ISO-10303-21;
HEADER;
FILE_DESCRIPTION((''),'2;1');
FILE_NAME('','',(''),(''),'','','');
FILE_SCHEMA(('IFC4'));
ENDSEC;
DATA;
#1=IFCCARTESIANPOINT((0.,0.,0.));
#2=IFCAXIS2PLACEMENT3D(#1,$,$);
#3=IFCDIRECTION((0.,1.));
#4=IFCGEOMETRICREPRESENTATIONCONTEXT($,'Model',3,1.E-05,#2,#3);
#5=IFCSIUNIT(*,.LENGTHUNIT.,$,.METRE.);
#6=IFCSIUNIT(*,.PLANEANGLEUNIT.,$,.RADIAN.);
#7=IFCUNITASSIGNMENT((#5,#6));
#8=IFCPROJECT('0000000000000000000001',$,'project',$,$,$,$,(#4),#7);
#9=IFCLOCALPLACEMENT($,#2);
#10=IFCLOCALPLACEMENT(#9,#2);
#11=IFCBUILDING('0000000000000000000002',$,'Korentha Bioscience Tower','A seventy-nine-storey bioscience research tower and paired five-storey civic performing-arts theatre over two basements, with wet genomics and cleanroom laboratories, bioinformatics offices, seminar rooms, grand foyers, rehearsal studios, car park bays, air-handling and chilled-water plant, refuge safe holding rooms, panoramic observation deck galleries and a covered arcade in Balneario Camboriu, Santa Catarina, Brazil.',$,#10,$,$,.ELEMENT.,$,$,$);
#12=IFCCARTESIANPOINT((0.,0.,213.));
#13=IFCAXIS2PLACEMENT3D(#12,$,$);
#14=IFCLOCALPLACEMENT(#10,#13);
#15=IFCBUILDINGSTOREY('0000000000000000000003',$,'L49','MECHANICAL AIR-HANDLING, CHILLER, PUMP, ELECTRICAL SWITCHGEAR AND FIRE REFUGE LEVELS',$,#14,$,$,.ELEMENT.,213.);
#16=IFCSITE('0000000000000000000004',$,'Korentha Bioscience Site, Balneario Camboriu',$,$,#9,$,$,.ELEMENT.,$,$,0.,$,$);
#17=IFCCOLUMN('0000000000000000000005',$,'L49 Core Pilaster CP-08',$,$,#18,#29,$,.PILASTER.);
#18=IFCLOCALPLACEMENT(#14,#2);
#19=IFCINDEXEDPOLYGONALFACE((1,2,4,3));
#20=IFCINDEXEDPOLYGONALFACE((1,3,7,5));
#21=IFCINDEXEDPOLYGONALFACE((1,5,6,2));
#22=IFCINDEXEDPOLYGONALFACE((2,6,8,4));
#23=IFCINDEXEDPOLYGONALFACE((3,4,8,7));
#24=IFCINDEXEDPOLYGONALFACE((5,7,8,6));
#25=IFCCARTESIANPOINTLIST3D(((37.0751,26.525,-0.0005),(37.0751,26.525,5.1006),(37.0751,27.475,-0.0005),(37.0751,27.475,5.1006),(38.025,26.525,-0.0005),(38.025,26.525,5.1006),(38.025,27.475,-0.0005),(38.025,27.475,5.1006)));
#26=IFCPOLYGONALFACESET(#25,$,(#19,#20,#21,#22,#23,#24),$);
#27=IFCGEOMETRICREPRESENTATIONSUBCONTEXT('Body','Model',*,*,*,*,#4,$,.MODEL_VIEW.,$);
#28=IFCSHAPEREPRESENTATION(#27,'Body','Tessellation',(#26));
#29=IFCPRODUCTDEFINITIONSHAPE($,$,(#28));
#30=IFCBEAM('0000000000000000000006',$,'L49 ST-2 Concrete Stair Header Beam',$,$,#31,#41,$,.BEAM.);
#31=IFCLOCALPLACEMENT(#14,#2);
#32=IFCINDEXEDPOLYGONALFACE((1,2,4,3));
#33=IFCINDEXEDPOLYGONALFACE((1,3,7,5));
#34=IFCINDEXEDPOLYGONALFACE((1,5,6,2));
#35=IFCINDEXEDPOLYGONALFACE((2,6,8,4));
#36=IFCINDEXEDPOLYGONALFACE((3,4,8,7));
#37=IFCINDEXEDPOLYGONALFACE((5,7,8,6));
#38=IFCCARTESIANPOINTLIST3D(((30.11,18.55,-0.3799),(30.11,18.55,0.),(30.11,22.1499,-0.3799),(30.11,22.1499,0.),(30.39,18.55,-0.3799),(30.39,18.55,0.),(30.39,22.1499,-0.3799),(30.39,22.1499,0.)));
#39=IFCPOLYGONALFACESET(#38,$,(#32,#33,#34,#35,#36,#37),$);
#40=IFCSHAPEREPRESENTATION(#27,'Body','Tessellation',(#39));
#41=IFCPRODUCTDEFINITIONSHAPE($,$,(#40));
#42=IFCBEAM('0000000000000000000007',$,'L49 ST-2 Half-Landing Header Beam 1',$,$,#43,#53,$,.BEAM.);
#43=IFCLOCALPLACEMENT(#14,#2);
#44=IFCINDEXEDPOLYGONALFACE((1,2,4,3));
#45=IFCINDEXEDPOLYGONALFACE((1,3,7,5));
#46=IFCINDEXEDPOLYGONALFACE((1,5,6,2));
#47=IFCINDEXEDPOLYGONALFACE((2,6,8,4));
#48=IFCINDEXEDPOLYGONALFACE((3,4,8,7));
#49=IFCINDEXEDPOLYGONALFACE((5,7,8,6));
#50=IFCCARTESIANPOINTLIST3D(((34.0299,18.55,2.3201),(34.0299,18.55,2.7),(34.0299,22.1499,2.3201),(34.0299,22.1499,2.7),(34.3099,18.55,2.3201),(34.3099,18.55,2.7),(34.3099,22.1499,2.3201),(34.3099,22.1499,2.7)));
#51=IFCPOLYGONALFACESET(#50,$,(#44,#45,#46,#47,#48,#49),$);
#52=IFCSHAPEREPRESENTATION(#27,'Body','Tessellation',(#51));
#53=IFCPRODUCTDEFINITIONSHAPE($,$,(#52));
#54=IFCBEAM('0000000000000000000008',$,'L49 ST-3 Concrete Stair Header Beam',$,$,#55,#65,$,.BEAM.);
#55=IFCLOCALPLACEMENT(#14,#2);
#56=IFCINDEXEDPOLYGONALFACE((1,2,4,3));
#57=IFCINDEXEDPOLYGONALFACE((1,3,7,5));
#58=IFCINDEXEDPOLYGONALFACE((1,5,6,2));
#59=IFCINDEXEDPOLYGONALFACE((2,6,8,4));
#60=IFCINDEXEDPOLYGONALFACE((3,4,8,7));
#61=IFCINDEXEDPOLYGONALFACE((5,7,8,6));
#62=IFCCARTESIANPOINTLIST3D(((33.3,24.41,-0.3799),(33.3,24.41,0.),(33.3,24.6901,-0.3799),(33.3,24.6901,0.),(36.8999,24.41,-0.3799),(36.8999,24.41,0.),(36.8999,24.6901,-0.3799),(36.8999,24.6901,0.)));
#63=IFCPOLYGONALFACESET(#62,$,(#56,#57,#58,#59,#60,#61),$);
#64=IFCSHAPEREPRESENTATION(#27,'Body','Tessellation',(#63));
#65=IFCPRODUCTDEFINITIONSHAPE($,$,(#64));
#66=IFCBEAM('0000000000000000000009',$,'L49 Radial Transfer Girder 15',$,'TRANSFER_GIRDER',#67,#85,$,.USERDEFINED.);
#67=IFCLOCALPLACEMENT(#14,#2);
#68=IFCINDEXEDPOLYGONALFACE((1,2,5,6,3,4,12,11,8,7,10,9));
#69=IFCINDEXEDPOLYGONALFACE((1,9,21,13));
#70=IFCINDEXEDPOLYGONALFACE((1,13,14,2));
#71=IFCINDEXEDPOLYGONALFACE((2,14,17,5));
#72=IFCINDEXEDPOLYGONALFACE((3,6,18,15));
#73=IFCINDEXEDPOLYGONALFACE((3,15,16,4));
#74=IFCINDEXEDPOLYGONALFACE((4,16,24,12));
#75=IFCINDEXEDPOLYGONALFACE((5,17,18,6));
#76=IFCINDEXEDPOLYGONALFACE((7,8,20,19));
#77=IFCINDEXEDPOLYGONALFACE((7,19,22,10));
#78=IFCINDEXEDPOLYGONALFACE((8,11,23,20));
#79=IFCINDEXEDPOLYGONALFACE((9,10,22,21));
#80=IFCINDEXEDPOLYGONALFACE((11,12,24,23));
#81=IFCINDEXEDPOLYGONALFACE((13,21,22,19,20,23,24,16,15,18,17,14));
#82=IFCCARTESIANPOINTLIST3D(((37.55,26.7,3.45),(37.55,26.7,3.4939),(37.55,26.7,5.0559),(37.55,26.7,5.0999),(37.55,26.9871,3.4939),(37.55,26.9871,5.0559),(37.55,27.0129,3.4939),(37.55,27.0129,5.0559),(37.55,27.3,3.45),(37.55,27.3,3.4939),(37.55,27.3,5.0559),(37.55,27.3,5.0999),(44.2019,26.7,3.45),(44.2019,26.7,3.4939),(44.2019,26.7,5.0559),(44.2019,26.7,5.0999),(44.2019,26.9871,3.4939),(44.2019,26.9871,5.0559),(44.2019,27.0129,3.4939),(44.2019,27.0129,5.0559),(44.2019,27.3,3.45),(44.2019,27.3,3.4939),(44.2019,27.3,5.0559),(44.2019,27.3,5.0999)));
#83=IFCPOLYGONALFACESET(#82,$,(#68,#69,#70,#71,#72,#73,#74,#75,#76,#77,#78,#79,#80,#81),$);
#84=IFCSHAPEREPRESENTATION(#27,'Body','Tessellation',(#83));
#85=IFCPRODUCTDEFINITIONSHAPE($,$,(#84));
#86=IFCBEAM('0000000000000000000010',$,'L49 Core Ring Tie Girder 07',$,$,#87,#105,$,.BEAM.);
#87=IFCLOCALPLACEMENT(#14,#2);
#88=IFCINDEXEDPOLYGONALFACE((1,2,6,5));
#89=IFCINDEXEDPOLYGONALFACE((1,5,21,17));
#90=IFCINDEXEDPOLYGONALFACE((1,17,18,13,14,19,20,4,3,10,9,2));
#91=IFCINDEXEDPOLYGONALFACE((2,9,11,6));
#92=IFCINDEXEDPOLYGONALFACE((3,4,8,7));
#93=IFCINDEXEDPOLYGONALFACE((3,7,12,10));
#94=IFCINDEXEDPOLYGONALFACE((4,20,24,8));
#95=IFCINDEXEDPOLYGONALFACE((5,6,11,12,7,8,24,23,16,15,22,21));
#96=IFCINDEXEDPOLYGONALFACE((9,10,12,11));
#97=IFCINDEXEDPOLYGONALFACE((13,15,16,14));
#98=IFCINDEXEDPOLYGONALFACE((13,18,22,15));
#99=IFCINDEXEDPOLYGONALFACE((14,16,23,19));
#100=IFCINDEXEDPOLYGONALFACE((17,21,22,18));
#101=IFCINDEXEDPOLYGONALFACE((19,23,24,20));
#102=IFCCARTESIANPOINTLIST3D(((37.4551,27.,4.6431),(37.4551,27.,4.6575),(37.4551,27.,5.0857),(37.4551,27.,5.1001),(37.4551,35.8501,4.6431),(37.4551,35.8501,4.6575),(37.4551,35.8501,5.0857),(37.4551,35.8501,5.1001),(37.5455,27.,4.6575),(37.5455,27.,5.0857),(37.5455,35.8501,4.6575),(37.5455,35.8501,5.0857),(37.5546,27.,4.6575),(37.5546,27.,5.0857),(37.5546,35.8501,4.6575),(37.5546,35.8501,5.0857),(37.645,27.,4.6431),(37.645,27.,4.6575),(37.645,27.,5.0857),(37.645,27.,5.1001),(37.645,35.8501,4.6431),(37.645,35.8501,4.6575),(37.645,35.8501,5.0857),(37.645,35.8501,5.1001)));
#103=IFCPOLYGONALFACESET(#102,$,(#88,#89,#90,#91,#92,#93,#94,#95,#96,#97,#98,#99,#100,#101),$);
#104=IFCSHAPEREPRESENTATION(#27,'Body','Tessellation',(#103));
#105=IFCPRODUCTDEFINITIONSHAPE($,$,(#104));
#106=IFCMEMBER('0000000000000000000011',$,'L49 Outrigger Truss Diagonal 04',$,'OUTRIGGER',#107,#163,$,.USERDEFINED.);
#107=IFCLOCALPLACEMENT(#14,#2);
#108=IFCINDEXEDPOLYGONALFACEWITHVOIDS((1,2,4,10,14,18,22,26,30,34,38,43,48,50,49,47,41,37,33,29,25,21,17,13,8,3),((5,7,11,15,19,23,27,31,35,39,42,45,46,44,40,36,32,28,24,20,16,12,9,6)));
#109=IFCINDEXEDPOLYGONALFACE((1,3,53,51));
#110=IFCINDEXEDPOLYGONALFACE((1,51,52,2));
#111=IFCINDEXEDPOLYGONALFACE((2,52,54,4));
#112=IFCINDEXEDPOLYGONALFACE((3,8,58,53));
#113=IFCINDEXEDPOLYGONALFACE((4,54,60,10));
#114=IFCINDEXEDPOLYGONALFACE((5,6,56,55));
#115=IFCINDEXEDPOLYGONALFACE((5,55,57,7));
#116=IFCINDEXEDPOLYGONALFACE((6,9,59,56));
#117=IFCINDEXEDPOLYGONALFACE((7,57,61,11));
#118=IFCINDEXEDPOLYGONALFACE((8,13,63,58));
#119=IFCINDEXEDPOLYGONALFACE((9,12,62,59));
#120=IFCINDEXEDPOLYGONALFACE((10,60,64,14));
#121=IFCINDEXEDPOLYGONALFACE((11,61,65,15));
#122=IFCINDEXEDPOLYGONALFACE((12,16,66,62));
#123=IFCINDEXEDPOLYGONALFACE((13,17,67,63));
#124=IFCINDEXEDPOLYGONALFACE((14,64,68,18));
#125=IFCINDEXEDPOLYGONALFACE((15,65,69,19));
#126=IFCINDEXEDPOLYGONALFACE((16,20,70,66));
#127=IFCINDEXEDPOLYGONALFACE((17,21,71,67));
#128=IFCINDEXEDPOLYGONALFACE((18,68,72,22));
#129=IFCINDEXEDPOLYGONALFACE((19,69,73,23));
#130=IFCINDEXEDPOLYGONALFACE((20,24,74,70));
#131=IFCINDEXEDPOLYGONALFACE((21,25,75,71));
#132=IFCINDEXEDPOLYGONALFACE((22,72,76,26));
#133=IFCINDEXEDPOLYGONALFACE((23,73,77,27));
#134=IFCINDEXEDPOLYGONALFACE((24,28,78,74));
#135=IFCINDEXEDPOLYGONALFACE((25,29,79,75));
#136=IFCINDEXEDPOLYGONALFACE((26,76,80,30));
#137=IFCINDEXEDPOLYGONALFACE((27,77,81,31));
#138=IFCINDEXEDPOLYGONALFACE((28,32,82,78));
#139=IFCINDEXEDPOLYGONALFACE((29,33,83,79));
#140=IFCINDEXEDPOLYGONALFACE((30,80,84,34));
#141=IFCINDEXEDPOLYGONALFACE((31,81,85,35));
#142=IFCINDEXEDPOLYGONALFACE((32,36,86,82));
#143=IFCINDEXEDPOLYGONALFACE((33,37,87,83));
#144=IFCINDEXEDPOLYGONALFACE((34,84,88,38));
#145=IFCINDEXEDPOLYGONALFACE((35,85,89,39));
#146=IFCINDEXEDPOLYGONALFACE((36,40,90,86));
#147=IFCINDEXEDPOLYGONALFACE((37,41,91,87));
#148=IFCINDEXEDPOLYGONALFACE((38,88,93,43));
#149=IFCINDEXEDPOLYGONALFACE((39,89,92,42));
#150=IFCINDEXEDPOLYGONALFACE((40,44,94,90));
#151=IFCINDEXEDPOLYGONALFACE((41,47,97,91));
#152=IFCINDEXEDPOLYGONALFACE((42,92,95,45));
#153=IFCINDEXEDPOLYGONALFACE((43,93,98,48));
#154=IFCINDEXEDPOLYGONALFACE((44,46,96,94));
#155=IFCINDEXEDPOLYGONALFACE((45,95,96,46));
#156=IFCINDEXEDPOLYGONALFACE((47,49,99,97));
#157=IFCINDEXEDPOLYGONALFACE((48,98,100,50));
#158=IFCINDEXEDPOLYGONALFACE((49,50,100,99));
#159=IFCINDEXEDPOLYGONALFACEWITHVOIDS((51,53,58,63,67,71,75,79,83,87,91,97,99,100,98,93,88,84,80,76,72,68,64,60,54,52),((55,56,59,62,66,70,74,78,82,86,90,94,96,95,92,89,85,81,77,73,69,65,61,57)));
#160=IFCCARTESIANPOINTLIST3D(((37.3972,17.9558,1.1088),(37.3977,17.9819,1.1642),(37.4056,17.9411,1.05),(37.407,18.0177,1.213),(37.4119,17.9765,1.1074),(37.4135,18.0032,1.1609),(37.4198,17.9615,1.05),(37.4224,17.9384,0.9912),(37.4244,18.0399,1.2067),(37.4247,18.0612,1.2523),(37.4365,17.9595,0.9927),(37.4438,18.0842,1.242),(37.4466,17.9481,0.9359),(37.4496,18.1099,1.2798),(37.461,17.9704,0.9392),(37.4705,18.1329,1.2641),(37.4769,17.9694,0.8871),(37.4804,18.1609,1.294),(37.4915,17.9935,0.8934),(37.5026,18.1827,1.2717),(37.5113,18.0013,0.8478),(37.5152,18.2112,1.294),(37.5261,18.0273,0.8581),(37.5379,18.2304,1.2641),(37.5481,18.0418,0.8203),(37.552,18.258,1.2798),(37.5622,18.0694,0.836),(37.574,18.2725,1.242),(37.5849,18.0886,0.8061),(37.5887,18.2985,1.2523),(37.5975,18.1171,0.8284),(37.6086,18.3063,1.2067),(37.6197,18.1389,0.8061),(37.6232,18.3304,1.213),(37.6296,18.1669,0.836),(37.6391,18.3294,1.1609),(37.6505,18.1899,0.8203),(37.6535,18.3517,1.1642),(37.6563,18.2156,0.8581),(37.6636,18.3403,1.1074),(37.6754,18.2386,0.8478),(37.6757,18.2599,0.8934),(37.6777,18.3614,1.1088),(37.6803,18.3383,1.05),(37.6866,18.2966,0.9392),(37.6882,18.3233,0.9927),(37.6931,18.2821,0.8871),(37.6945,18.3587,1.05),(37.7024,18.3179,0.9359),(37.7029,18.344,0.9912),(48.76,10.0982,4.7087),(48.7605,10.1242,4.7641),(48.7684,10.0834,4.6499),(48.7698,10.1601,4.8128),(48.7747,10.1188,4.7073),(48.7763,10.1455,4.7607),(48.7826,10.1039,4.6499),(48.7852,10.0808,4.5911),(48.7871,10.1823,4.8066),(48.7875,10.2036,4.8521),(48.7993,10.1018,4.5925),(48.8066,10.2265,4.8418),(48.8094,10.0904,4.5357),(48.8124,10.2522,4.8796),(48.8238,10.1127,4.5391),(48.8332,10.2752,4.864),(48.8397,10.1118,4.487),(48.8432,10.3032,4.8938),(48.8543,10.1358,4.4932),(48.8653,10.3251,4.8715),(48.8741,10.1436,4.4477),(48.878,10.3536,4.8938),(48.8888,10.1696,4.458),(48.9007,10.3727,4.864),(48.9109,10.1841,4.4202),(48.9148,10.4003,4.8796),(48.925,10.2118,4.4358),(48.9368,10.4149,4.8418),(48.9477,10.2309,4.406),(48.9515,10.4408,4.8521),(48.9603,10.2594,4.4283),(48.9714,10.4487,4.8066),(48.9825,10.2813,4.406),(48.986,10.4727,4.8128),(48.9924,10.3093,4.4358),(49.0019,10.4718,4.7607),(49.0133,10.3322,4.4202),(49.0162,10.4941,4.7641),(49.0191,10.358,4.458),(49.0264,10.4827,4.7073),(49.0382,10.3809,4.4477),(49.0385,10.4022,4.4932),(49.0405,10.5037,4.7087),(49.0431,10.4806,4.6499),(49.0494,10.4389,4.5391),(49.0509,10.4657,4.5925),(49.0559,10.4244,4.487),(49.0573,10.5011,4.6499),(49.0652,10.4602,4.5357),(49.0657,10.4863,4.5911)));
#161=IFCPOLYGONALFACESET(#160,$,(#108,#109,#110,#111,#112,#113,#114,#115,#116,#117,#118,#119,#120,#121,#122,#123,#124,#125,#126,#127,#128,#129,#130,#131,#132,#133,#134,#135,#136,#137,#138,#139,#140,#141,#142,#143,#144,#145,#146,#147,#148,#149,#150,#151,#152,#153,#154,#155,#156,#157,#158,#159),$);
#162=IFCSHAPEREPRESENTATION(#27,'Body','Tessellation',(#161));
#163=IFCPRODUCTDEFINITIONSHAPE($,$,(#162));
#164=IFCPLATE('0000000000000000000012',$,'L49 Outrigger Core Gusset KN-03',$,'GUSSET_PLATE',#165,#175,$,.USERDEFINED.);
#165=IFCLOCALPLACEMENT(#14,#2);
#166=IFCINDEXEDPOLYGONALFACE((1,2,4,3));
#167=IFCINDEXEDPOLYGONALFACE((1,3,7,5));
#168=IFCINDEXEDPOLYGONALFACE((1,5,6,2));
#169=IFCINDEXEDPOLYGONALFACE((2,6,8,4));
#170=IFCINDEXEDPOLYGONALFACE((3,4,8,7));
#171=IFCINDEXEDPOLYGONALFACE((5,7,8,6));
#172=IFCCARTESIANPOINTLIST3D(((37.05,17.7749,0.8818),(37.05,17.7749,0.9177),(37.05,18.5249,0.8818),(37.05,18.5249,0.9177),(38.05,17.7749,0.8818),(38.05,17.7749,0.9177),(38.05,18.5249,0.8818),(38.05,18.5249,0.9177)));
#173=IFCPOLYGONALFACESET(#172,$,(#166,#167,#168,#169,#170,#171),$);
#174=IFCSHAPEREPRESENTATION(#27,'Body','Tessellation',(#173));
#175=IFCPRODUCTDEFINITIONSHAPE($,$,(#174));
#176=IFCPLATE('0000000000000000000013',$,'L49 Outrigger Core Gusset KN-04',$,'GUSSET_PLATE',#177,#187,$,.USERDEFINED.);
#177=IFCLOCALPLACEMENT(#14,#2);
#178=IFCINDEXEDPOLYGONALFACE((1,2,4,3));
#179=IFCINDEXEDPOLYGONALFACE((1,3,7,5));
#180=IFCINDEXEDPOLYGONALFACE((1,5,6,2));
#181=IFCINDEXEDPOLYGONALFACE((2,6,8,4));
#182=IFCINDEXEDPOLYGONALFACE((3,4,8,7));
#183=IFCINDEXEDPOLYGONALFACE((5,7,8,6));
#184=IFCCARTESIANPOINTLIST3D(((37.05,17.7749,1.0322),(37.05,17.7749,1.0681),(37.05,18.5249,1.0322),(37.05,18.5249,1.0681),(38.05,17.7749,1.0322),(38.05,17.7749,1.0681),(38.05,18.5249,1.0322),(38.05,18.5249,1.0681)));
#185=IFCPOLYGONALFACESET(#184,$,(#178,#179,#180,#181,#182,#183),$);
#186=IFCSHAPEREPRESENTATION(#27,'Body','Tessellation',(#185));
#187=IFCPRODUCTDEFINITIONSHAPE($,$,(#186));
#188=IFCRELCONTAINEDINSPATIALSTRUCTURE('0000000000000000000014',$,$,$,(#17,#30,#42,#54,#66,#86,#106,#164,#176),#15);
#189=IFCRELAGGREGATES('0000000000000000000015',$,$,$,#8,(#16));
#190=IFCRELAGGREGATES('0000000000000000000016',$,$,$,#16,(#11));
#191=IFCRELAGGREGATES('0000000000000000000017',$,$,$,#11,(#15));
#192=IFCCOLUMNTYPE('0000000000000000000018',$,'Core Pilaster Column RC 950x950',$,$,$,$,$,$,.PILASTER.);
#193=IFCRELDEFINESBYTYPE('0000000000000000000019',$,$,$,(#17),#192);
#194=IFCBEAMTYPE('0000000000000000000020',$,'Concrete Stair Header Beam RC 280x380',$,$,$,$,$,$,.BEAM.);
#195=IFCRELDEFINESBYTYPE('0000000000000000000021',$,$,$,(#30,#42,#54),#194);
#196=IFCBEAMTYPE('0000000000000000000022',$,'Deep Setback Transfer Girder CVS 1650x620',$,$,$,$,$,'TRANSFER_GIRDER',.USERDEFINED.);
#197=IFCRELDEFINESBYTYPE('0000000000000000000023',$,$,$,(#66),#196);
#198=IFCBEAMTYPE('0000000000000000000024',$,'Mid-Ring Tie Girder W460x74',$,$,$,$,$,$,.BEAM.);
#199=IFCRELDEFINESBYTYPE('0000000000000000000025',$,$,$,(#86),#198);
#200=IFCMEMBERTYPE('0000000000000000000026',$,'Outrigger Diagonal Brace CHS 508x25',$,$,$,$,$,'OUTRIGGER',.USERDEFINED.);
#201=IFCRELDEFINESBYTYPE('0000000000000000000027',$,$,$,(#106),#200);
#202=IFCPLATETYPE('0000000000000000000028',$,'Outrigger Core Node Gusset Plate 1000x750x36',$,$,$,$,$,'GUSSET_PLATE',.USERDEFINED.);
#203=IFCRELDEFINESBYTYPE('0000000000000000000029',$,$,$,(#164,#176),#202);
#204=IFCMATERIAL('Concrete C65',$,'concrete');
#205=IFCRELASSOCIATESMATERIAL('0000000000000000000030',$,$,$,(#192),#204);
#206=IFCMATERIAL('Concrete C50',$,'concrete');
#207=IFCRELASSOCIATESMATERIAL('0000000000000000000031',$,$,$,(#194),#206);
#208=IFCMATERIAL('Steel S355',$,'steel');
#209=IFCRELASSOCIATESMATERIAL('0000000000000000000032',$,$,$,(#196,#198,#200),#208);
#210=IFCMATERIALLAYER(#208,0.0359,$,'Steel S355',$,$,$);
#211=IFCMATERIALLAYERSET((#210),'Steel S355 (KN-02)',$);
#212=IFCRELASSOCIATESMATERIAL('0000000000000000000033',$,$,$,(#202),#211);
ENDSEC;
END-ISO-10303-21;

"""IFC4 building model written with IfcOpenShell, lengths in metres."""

from ifc_helpers import new_model, si_unit, direction, frame, origin, origin_2d, place, context, subcontext, project, spatial, rectangle, hollow_circle, i_section, extrude, material, layer, layer_set, material_profile, profile_set, type_object, element, save


model = new_model("IFC4")

# Units and contexts
model_context = context("Model", 3, precision=1e-05, world=origin(), true_north=direction((0.0, 1.0)))
body_context = subcontext(model_context, "Body", "Model", "MODEL_VIEW")
ifc_project = project(units=[si_unit("LENGTHUNIT", "METRE"), si_unit("PLANEANGLEUNIT", "RADIAN")], contexts=[model_context])

# Site, building, storey
site_placement = place(None, origin())
site = spatial("IfcSite", under=ifc_project, at=site_placement, Name="Korentha Bioscience Site, Balneario Camboriu", CompositionType="ELEMENT", RefElevation=0.0)
building_placement = place(site_placement, origin())
building = spatial("IfcBuilding", under=site, at=building_placement, Name="Korentha Bioscience Tower", Description="A seventy-nine-storey bioscience research tower and paired five-storey civic performing-arts theatre over two basements, with wet genomics and cleanroom laboratories, bioinformatics offices, seminar rooms, grand foyers, rehearsal studios, car park bays, air-handling and chilled-water plant, refuge safe holding rooms, panoramic observation deck galleries and a covered arcade in Balneario Camboriu, Santa Catarina, Brazil.", CompositionType="ELEMENT")
storey_placement = place(building_placement, frame((0.0, 0.0, 213.0)))
storey = spatial("IfcBuildingStorey", under=building, at=storey_placement, Name="L49", Description="MECHANICAL AIR-HANDLING, CHILLER, PUMP, ELECTRICAL SWITCHGEAR AND FIRE REFUGE LEVELS", CompositionType="ELEMENT", Elevation=213.0)

# Column
ifc_material_1 = material(Name="Concrete C65", Category="concrete")
ifc_material_profile_1 = material_profile(ifc_material_1, rectangle(XDim=0.95, YDim=0.95, at=origin_2d()), Name="Concrete C65")
ifc_profile_set_1 = profile_set([ifc_material_profile_1], Name="Concrete C65 (COL-CP09)")
column_type = type_object("IfcColumnType", Name="Core Pilaster Column RC 950x950", PredefinedType="PILASTER", material=ifc_profile_set_1)
column_placement = place(storey_placement, frame((37.55, 27.0, -0.0005), z_axis=(0.0, 0.0, 1.0), x_axis=(1.0, 0.0, 0.0)))
element("IfcColumn", 1, at=column_placement, inside=storey, type_object=column_type, Name="L49 Core Pilaster CP-08", PredefinedType="PILASTER", context=body_context, shape_type="SweptSolid", body=[
    extrude(rectangle(XDim=0.95, YDim=0.95, at=origin_2d()), origin(), (0.0, 0.0, 1.0), 5.1011),
])

# Beams
ifc_material_2 = material(Name="Concrete C50", Category="concrete")
ifc_material_profile_2 = material_profile(ifc_material_2, rectangle(XDim=0.28, YDim=0.3799, at=origin_2d()), Name="Concrete C50")
ifc_profile_set_2 = profile_set([ifc_material_profile_2], Name="Concrete C50 (ST-HB380)")
beam_type_1 = type_object("IfcBeamType", Name="Concrete Stair Header Beam RC 280x380", PredefinedType="BEAM", material=ifc_profile_set_2)
for number, where, z_axis, x_axis, name in (
    (2, (30.25, 18.55, -0.1899), (0.0, 1.0, 0.0), (-1.0, 0.0, 0.0), "L49 ST-2 Concrete Stair Header Beam"),
    (3, (34.1699, 18.55, 2.51), (0.0, 1.0, 0.0), (-1.0, 0.0, 0.0), "L49 ST-2 Half-Landing Header Beam 1"),
    (4, (36.8999, 24.55, -0.1899), (-1.0, 0.0, 0.0), (0.0, -1.0, 0.0), "L49 ST-3 Concrete Stair Header Beam"),
):
    element("IfcBeam", number, at=place(storey_placement, frame(where, z_axis=z_axis, x_axis=x_axis)), inside=storey, type_object=beam_type_1, Name=name, PredefinedType="BEAM", context=body_context, shape_type="SweptSolid", body=[
        extrude(rectangle(XDim=0.28, YDim=0.3799, at=origin_2d()), origin(), (0.0, 0.0, 1.0), 3.5999),
    ])
ifc_material_3 = material(Name="Steel S355", Category="steel")
ifc_material_profile_3 = material_profile(ifc_material_3, i_section(OverallWidth=0.6001, OverallDepth=1.6499, WebThickness=0.0259, FlangeThickness=0.0439, at=origin_2d()), Name="Steel S355")
ifc_profile_set_3 = profile_set([ifc_material_profile_3], Name="Steel S355 (TG-04)")
beam_type_2 = type_object("IfcBeamType", Name="Deep Setback Transfer Girder CVS 1650x620", ElementType="TRANSFER_GIRDER", PredefinedType="USERDEFINED", material=ifc_profile_set_3)
beam_1_placement = place(storey_placement, frame((37.55, 27.0, 4.2749), z_axis=(1.0, 0.0, 0.0), x_axis=(0.0, 1.0, 0.0)))
element("IfcBeam", 5, at=beam_1_placement, inside=storey, type_object=beam_type_2, Name="L49 Radial Transfer Girder 15", ObjectType="TRANSFER_GIRDER", PredefinedType="USERDEFINED", context=body_context, shape_type="SweptSolid", body=[
    extrude(i_section(OverallWidth=0.6001, OverallDepth=1.6499, WebThickness=0.0259, FlangeThickness=0.0439, at=origin_2d()), origin(), (0.0, 0.0, 1.0), 6.6519),
])
ifc_material_profile_4 = material_profile(ifc_material_3, i_section(OverallWidth=0.1899, OverallDepth=0.457, WebThickness=0.009, FlangeThickness=0.0144, at=origin_2d()), Name="Steel S355")
ifc_profile_set_4 = profile_set([ifc_material_profile_4], Name="Steel S355 (MB-460)")
beam_type_3 = type_object("IfcBeamType", Name="Mid-Ring Tie Girder W460x74", PredefinedType="BEAM", material=ifc_profile_set_4)
beam_2_placement = place(storey_placement, frame((37.55, 27.0, 4.8716), z_axis=(0.0, 1.0, 0.0), x_axis=(-1.0, 0.0, 0.0)))
element("IfcBeam", 6, at=beam_2_placement, inside=storey, type_object=beam_type_3, Name="L49 Core Ring Tie Girder 07", PredefinedType="BEAM", context=body_context, shape_type="SweptSolid", body=[
    extrude(i_section(OverallWidth=0.1899, OverallDepth=0.457, WebThickness=0.009, FlangeThickness=0.0144, at=origin_2d()), origin(), (0.0, 0.0, 1.0), 8.8501),
])

# Member
ifc_material_profile_5 = material_profile(ifc_material_3, hollow_circle(Radius=0.2539, WallThickness=0.0249, at=origin_2d()), Name="Steel S355")
ifc_profile_set_5 = profile_set([ifc_material_profile_5], Name="Steel S355 (OU-508)")
member_type = type_object("IfcMemberType", Name="Outrigger Diagonal Brace CHS 508x25", ElementType="OUTRIGGER", PredefinedType="USERDEFINED", material=ifc_profile_set_5)
member_placement = place(storey_placement, frame((37.55, 18.1499, 1.05), z_axis=(0.795916, -0.550396, 0.252155), x_axis=(0.568775, 0.822493, 0.0)))
element("IfcMember", 7, at=member_placement, inside=storey, type_object=member_type, Name="L49 Outrigger Truss Diagonal 04", ObjectType="OUTRIGGER", PredefinedType="USERDEFINED", context=body_context, shape_type="SweptSolid", body=[
    extrude(hollow_circle(Radius=0.2539, WallThickness=0.0249, at=origin_2d()), origin(), (0.0, 0.0, 1.0), 14.2764),
])

# Plates
ifc_layer_1 = layer(ifc_material_3, 0.0359, Name="Steel S355")
ifc_layer_set_1 = layer_set([ifc_layer_1], Name="Steel S355 (KN-02)")
plate_type = type_object("IfcPlateType", Name="Outrigger Core Node Gusset Plate 1000x750x36", ElementType="GUSSET_PLATE", PredefinedType="USERDEFINED", material=ifc_layer_set_1)
for number, where, z_axis, x_axis, name in (
    (8, (37.55, 18.1499, 0.8818), (0.0, 0.0, 1.0), (1.0, 0.0, 0.0), "L49 Outrigger Core Gusset KN-03"),
    (9, (37.55, 18.1499, 1.0322), (0.0, 0.0, 1.0), (1.0, 0.0, 0.0), "L49 Outrigger Core Gusset KN-04"),
):
    element("IfcPlate", number, at=place(storey_placement, frame(where, z_axis=z_axis, x_axis=x_axis)), inside=storey, type_object=plate_type, Name=name, ObjectType="GUSSET_PLATE", PredefinedType="USERDEFINED", context=body_context, shape_type="SweptSolid", body=[
        extrude(rectangle(XDim=1.0, YDim=0.75, at=origin_2d()), origin(), (0.0, 0.0, 1.0), 0.0359),
    ])

save(model, "model.ifc")
